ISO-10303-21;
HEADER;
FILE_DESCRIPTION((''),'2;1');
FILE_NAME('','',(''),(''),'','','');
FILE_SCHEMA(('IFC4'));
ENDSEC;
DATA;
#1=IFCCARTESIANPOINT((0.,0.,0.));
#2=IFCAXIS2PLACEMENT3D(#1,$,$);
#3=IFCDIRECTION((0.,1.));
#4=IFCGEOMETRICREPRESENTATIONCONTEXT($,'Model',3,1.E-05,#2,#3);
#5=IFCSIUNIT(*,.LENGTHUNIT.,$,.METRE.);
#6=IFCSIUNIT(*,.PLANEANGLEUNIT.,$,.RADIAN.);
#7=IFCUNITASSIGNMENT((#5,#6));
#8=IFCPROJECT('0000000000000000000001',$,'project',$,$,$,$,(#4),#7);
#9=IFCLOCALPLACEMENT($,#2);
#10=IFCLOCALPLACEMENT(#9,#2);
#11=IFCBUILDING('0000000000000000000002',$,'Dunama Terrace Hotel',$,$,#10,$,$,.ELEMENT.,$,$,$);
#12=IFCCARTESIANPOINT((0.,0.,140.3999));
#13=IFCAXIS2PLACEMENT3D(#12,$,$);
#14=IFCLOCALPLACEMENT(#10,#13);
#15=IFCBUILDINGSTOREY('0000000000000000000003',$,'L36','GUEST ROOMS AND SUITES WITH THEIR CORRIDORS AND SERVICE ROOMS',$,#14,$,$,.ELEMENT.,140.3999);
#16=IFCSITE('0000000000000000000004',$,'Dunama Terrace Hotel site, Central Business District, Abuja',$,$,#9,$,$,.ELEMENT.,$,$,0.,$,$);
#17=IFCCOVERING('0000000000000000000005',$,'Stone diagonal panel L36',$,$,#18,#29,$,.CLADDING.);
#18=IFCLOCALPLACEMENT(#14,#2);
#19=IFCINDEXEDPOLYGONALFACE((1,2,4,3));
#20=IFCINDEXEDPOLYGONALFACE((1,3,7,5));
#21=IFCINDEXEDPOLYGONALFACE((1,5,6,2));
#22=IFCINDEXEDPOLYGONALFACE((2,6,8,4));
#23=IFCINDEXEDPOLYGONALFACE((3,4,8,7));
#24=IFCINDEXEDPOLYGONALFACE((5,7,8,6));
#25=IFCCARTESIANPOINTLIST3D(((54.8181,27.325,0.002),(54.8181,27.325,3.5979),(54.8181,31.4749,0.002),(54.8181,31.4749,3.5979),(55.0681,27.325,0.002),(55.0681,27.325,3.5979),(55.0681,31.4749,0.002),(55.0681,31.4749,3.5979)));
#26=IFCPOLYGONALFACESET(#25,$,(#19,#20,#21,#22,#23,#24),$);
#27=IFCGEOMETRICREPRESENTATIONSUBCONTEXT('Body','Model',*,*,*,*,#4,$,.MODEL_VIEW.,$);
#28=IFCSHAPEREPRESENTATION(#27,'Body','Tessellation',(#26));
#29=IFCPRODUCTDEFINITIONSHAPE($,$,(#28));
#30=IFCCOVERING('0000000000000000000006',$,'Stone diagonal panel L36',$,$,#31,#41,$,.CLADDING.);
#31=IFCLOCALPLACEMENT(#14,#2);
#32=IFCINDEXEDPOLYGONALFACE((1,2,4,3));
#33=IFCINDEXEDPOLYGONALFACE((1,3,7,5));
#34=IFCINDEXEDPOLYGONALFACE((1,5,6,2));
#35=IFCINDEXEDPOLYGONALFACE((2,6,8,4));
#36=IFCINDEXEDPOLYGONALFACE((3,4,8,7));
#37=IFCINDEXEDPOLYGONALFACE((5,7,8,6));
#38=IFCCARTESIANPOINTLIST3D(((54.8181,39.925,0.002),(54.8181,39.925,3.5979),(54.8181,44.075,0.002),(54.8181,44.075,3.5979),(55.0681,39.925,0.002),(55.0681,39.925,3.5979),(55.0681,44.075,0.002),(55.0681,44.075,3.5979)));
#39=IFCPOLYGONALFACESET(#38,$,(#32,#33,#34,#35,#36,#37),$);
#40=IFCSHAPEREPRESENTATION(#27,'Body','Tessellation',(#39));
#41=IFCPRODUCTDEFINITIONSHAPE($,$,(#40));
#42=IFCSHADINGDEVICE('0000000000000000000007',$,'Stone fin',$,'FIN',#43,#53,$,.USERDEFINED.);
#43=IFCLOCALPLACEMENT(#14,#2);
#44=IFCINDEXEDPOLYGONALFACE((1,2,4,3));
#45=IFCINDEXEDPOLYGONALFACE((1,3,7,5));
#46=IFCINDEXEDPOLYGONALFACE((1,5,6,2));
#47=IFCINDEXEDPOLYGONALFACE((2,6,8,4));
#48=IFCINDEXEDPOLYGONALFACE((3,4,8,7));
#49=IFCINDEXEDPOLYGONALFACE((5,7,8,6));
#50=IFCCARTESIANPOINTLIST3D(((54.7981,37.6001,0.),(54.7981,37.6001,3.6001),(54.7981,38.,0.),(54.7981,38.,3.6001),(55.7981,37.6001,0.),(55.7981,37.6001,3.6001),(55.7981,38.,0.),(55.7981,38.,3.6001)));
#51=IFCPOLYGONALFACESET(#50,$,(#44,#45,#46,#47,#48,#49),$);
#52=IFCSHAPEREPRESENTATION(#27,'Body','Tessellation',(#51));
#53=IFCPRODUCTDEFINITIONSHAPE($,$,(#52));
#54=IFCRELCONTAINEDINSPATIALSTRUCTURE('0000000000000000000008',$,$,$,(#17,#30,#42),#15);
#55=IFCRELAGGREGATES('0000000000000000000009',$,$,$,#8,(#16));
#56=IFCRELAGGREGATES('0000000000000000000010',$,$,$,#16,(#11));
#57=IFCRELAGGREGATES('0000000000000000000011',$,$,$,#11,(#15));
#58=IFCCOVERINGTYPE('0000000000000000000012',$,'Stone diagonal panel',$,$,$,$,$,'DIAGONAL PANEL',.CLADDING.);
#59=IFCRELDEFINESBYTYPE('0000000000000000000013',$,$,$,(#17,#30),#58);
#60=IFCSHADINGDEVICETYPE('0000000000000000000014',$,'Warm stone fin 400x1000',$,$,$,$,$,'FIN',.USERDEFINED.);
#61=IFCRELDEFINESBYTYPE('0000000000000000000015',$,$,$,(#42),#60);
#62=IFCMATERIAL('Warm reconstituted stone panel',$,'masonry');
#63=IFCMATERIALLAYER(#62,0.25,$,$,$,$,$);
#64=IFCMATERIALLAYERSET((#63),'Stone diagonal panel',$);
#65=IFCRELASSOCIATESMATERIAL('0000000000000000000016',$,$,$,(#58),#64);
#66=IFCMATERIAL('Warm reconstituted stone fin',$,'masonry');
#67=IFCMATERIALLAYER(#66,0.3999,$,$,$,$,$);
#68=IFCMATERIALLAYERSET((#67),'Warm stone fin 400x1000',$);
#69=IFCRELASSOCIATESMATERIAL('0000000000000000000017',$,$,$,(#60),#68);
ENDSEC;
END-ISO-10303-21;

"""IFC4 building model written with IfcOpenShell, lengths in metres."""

from ifc_helpers import new_model, si_unit, direction, frame, origin, origin_2d, place, context, subcontext, project, spatial, rectangle, extrude, material, layer, layer_set, type_object, element, save


model = new_model("IFC4")

# Units and contexts
model_context = context("Model", 3, precision=1e-05, world=origin(), true_north=direction((0.0, 1.0)))
body_context = subcontext(model_context, "Body", "Model", "MODEL_VIEW")
ifc_project = project(units=[si_unit("LENGTHUNIT", "METRE"), si_unit("PLANEANGLEUNIT", "RADIAN")], contexts=[model_context])

# Site, building, storey
site_placement = place(None, origin())
site = spatial("IfcSite", under=ifc_project, at=site_placement, Name="Dunama Terrace Hotel site, Central Business District, Abuja", CompositionType="ELEMENT", RefElevation=0.0)
building_placement = place(site_placement, origin())
building = spatial("IfcBuilding", under=site, at=building_placement, Name="Dunama Terrace Hotel", CompositionType="ELEMENT")
storey_placement = place(building_placement, frame((0.0, 0.0, 140.3999)))
storey = spatial("IfcBuildingStorey", under=building, at=storey_placement, Name="L36", Description="GUEST ROOMS AND SUITES WITH THEIR CORRIDORS AND SERVICE ROOMS", CompositionType="ELEMENT", Elevation=140.3999)

# Coverings
ifc_material_1 = material(Name="Warm reconstituted stone panel", Category="masonry")
ifc_layer_1 = layer(ifc_material_1, 0.25)
ifc_layer_set_1 = layer_set([ifc_layer_1], Name="Stone diagonal panel")
covering_type = type_object("IfcCoveringType", Name="Stone diagonal panel", ElementType="DIAGONAL PANEL", PredefinedType="CLADDING", material=ifc_layer_set_1)
for number, where, z_axis, x_axis, name in (
    (1, (54.9431, 29.3999, 0.002), (0.0, 0.0, 1.0), (0.0, 1.0, 0.0), "Stone diagonal panel L36"),
    (2, (54.9431, 42.0, 0.002), (0.0, 0.0, 1.0), (0.0, 1.0, 0.0), "Stone diagonal panel L36"),
):
    element("IfcCovering", number, at=place(storey_placement, frame(where, z_axis=z_axis, x_axis=x_axis)), inside=storey, type_object=covering_type, Name=name, PredefinedType="CLADDING", context=body_context, shape_type="SweptSolid", body=[
        extrude(rectangle(XDim=4.1499, YDim=0.25, at=origin_2d()), origin(), (0.0, 0.0, 1.0), 3.5959),
    ])

# Shading device
ifc_material_2 = material(Name="Warm reconstituted stone fin", Category="masonry")
ifc_layer_2 = layer(ifc_material_2, 0.3999)
ifc_layer_set_2 = layer_set([ifc_layer_2], Name="Warm stone fin 400x1000")
shading_device_type = type_object("IfcShadingDeviceType", Name="Warm stone fin 400x1000", ElementType="FIN", PredefinedType="USERDEFINED", material=ifc_layer_set_2)
shading_device_placement = place(storey_placement, frame((55.2981, 37.8, 0.0), z_axis=(0.0, 0.0, 1.0), x_axis=(0.0, 1.0, 0.0)))
element("IfcShadingDevice", 3, at=shading_device_placement, inside=storey, type_object=shading_device_type, Name="Stone fin", ObjectType="FIN", PredefinedType="USERDEFINED", context=body_context, shape_type="SweptSolid", body=[
    extrude(rectangle(XDim=0.3999, YDim=1.0, at=origin_2d()), origin(), (0.0, 0.0, 1.0), 3.6001),
])

save(model, "model.ifc")
